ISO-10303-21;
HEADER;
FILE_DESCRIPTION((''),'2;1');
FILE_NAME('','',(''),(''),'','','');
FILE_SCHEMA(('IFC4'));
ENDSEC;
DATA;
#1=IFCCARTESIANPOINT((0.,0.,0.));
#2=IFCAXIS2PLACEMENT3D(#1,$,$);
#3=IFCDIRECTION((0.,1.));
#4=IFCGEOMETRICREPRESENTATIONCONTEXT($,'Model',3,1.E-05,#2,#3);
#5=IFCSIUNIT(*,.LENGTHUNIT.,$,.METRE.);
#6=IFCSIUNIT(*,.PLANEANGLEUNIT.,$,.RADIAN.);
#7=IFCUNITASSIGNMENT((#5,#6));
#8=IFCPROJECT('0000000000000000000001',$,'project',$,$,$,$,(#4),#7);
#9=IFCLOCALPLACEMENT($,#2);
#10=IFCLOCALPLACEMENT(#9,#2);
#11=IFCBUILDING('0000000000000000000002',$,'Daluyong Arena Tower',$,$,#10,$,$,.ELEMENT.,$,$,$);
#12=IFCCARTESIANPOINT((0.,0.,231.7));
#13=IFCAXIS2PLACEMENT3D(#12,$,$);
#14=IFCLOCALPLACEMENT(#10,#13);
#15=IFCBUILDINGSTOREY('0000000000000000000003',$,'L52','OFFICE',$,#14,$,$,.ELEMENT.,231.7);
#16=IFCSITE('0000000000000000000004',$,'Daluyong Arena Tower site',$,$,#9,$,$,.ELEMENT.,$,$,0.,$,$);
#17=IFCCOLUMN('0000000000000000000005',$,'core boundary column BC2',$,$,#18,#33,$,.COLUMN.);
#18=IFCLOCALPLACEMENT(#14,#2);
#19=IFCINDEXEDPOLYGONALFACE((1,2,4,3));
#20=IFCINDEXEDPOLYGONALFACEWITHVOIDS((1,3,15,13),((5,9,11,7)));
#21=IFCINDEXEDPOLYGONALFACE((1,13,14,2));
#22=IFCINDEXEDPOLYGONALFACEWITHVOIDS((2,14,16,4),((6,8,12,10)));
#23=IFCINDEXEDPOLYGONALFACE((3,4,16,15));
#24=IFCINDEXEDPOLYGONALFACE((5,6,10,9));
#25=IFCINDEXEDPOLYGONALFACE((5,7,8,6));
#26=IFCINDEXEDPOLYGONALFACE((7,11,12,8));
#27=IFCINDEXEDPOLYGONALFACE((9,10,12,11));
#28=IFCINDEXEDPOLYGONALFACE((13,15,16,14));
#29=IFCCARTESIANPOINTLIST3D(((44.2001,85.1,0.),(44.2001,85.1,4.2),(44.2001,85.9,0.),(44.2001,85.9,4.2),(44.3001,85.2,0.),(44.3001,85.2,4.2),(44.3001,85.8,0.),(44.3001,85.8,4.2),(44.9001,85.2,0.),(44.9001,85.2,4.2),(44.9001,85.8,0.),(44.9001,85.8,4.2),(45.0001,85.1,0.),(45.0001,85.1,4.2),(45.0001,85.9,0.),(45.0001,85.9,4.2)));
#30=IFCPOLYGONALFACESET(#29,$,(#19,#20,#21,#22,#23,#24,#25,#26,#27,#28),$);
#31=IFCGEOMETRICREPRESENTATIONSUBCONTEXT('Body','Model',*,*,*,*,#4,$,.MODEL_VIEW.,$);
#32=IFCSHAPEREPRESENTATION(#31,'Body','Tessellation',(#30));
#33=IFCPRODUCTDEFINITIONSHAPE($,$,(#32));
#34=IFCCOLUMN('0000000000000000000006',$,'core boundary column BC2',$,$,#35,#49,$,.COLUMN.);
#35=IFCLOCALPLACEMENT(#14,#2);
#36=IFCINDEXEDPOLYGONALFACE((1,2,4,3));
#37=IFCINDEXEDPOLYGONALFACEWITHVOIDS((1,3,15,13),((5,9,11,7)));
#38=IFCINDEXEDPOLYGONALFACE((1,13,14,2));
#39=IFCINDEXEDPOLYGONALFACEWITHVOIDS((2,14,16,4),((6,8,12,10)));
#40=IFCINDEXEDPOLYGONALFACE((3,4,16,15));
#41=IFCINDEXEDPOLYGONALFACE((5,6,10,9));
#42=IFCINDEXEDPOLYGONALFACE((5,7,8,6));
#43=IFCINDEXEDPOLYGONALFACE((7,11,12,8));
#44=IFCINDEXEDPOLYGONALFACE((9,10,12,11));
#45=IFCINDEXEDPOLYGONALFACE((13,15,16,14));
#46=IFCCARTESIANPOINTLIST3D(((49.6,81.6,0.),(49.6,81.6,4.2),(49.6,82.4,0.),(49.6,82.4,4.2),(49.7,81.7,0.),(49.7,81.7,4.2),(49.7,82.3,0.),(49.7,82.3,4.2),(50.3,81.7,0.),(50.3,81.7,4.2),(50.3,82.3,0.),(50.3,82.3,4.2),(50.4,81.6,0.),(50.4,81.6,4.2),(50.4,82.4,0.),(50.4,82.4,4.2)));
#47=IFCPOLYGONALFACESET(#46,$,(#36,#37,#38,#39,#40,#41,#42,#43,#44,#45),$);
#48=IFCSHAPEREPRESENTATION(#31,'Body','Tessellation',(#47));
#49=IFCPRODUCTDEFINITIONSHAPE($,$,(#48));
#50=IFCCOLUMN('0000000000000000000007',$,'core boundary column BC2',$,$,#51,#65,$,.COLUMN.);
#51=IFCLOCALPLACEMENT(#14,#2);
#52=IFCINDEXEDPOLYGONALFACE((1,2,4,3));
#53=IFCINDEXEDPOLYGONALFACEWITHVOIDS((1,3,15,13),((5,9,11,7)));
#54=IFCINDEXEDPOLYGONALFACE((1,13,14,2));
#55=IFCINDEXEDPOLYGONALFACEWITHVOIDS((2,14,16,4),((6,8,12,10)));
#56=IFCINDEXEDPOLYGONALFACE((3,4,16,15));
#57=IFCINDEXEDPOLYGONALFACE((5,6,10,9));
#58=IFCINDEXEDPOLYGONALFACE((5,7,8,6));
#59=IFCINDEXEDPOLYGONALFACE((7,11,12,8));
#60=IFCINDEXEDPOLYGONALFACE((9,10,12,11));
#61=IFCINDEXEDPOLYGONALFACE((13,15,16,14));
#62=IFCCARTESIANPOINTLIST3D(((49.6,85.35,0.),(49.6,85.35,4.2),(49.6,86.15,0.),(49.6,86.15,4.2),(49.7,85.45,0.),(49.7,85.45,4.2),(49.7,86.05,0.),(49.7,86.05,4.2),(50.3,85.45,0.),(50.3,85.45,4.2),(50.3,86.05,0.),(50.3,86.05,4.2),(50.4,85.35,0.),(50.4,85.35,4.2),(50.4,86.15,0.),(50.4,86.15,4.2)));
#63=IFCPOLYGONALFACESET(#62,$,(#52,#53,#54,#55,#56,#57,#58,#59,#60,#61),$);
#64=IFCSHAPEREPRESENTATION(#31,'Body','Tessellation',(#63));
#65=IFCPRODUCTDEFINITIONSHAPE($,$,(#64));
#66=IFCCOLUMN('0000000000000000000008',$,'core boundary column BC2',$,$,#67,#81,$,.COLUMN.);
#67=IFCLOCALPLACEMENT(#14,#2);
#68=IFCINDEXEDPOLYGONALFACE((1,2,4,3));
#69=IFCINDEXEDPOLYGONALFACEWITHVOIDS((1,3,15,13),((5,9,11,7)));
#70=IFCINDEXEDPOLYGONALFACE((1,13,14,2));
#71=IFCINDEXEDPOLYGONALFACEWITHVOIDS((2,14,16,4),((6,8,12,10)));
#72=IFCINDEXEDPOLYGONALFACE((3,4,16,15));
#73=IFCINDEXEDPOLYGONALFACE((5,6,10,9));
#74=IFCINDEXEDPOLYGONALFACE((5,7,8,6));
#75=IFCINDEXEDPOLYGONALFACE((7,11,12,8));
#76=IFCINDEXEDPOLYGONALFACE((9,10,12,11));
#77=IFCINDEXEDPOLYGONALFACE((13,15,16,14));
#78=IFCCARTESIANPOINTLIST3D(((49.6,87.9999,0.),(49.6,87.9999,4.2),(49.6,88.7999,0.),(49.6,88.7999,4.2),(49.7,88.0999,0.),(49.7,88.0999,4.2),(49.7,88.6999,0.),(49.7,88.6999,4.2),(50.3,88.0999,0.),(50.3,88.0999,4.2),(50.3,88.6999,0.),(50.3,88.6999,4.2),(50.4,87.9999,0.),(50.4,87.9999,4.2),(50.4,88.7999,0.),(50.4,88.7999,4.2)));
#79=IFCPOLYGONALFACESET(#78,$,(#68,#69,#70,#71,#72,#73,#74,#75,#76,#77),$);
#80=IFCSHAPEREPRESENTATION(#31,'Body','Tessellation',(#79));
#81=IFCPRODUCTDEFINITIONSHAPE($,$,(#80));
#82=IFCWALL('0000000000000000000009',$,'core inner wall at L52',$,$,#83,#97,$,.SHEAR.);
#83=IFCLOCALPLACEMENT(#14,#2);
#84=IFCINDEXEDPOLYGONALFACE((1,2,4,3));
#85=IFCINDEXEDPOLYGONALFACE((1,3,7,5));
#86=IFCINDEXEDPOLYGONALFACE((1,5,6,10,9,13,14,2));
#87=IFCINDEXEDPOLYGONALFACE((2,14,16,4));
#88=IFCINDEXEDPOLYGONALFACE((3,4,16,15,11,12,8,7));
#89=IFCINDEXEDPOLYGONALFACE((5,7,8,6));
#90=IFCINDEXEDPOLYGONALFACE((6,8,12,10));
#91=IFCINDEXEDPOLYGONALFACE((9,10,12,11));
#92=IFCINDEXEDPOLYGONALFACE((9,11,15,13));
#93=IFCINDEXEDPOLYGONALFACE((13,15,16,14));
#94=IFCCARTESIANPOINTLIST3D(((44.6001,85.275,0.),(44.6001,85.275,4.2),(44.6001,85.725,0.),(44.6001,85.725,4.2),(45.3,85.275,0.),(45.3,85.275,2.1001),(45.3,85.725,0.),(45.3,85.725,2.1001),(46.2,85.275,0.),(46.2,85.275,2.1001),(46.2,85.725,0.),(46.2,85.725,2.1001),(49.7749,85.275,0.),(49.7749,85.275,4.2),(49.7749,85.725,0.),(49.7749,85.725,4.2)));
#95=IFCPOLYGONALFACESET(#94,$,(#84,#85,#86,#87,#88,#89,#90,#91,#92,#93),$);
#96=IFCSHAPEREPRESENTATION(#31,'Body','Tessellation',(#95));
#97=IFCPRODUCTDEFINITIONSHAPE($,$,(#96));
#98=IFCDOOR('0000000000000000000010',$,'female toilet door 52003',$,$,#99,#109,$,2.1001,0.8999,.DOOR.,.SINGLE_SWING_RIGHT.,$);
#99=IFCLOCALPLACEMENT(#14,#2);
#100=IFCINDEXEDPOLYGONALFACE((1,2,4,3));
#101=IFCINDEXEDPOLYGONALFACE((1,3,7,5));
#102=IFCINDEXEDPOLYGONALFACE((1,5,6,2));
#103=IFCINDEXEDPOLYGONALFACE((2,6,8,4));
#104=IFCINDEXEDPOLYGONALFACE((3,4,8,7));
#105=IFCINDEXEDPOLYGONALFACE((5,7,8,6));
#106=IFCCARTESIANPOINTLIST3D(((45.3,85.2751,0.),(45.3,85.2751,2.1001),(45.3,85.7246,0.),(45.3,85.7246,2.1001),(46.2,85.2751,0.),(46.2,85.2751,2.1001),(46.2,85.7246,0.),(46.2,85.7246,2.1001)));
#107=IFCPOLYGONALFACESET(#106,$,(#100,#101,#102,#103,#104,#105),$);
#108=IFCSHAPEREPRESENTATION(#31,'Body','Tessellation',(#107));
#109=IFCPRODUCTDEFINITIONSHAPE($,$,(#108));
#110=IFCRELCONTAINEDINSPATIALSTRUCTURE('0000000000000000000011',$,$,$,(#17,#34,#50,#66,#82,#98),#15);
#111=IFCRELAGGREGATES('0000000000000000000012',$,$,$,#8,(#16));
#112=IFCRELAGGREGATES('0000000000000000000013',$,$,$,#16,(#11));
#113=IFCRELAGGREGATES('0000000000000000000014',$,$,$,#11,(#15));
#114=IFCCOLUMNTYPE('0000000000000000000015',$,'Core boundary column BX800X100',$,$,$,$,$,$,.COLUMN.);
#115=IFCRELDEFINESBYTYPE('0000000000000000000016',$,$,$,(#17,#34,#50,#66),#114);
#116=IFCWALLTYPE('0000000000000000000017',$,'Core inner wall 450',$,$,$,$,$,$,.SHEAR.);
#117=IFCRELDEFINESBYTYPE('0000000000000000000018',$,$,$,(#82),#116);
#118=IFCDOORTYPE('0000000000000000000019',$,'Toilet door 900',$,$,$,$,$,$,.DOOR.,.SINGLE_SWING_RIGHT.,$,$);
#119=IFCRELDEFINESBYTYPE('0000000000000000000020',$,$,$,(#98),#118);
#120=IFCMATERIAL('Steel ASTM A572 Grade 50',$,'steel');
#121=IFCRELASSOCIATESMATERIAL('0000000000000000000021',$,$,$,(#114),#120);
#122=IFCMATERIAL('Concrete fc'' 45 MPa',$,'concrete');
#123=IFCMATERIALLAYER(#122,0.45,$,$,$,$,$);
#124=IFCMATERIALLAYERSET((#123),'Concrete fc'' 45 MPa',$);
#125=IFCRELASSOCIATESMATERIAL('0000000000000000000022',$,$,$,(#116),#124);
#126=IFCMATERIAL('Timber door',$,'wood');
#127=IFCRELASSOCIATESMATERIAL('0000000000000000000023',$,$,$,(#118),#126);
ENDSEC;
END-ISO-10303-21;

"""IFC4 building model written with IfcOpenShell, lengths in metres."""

from ifc_helpers import new_model, si_unit, direction, frame, frame_2d, origin, origin_2d, place, context, subcontext, project, spatial, rectangle, hollow_rectangle, extrude, material, layer, layer_set, material_profile, profile_set, type_object, element, fill, save


model = new_model("IFC4")

# Units and contexts
model_context = context("Model", 3, precision=1e-05, world=origin(), true_north=direction((0.0, 1.0)))
body_context = subcontext(model_context, "Body", "Model", "MODEL_VIEW")
ifc_project = project(units=[si_unit("LENGTHUNIT", "METRE"), si_unit("PLANEANGLEUNIT", "RADIAN")], contexts=[model_context])

# Site, building, storey
site_placement = place(None, origin())
site = spatial("IfcSite", under=ifc_project, at=site_placement, Name="Daluyong Arena Tower site", CompositionType="ELEMENT", RefElevation=0.0)
building_placement = place(site_placement, origin())
building = spatial("IfcBuilding", under=site, at=building_placement, Name="Daluyong Arena Tower", CompositionType="ELEMENT")
storey_placement = place(building_placement, frame((0.0, 0.0, 231.7)))
storey = spatial("IfcBuildingStorey", under=building, at=storey_placement, Name="L52", Description="OFFICE", CompositionType="ELEMENT", Elevation=231.7)

# Columns
ifc_material_1 = material(Name="Steel ASTM A572 Grade 50", Category="steel")
ifc_material_profile = material_profile(ifc_material_1, hollow_rectangle(XDim=0.8, YDim=0.8, WallThickness=0.1, at=origin_2d()))
ifc_profile_set = profile_set([ifc_material_profile], Name="Steel ASTM A572 Grade 50")
column_type = type_object("IfcColumnType", Name="Core boundary column BX800X100", PredefinedType="COLUMN", material=ifc_profile_set)
for number, where, z_axis, x_axis, name in (
    (1, (44.6001, 85.5, 0.0), (0.0, 0.0, 1.0), (1.0, 0.0, 0.0), "core boundary column BC2"),
    (2, (50.0, 82.0, 0.0), (0.0, 0.0, 1.0), (1.0, 0.0, 0.0), "core boundary column BC2"),
    (3, (50.0, 85.75, 0.0), (0.0, 0.0, 1.0), (1.0, 0.0, 0.0), "core boundary column BC2"),
    (4, (50.0, 88.3999, 0.0), (0.0, 0.0, 1.0), (1.0, 0.0, 0.0), "core boundary column BC2"),
):
    element("IfcColumn", number, at=place(storey_placement, frame(where, z_axis=z_axis, x_axis=x_axis)), inside=storey, type_object=column_type, Name=name, PredefinedType="COLUMN", context=body_context, shape_type="SweptSolid", body=[
        extrude(hollow_rectangle(XDim=0.8, YDim=0.8, WallThickness=0.1, at=origin_2d()), origin(), (0.0, 0.0, 1.0), 4.2),
    ])

# Wall, opening, door
ifc_material_2 = material(Name="Concrete fc' 45 MPa", Category="concrete")
ifc_layer_1 = layer(ifc_material_2, 0.45)
ifc_layer_set_1 = layer_set([ifc_layer_1], Name="Concrete fc' 45 MPa")
wall_type_1 = type_object("IfcWallType", Name="Core inner wall 450", PredefinedType="SHEAR", material=ifc_layer_set_1)
wall_1_placement = place(storey_placement, frame((44.6001, 85.5, 0.0), z_axis=(0.0, 0.0, 1.0), x_axis=(1.0, 0.0, 0.0)))
wall_1 = element("IfcWall", 5, at=wall_1_placement, inside=storey, type_object=wall_type_1, Name="core inner wall at L52", PredefinedType="SHEAR", context=body_context, shape_type="SweptSolid", body=[
    extrude(rectangle(XDim=5.1748, YDim=0.45, at=frame_2d((2.5874, 0.0))), origin(), (0.0, 0.0, 1.0), 4.2),
])
opening_1_placement = place(wall_1_placement, frame((0.7, 0.0, 0.0)))
opening_1 = element("IfcOpeningElement", 6, at=opening_1_placement, cuts=wall_1, PredefinedType="OPENING", context=body_context, shape_type="SweptSolid", body=[
    extrude(rectangle(XDim=0.8999, YDim=2.1001, at=frame_2d((0.45, 1.05))), frame((0.0, 0.2349, 0.0), z_axis=(0.0, -1.0, 0.0), x_axis=(1.0, 0.0, 0.0)), (0.0, 0.0, 1.0), 0.47),
])
ifc_material_3 = material(Name="Timber door", Category="wood")
door_type_1 = type_object("IfcDoorType", Name="Toilet door 900", OperationType="SINGLE_SWING_RIGHT", PredefinedType="DOOR", material=ifc_material_3)
door_1_placement = place(opening_1_placement, origin())
door_1 = element("IfcDoor", 7, at=door_1_placement, inside=storey, type_object=door_type_1, Name="female toilet door 52003", OperationType="SINGLE_SWING_RIGHT", OverallHeight=2.1001, OverallWidth=0.8999, PredefinedType="DOOR", context=body_context, shape_type="SweptSolid", body=[
    extrude(rectangle(XDim=0.8999, YDim=2.1001, at=frame_2d((0.45, 1.05))), frame((0.0, 0.2246, 0.0), z_axis=(0.0, -1.0, 0.0), x_axis=(1.0, 0.0, 0.0)), (0.0, 0.0, 1.0), 0.4495),
])
fill(opening_1, door_1)

save(model, "model.ifc")
